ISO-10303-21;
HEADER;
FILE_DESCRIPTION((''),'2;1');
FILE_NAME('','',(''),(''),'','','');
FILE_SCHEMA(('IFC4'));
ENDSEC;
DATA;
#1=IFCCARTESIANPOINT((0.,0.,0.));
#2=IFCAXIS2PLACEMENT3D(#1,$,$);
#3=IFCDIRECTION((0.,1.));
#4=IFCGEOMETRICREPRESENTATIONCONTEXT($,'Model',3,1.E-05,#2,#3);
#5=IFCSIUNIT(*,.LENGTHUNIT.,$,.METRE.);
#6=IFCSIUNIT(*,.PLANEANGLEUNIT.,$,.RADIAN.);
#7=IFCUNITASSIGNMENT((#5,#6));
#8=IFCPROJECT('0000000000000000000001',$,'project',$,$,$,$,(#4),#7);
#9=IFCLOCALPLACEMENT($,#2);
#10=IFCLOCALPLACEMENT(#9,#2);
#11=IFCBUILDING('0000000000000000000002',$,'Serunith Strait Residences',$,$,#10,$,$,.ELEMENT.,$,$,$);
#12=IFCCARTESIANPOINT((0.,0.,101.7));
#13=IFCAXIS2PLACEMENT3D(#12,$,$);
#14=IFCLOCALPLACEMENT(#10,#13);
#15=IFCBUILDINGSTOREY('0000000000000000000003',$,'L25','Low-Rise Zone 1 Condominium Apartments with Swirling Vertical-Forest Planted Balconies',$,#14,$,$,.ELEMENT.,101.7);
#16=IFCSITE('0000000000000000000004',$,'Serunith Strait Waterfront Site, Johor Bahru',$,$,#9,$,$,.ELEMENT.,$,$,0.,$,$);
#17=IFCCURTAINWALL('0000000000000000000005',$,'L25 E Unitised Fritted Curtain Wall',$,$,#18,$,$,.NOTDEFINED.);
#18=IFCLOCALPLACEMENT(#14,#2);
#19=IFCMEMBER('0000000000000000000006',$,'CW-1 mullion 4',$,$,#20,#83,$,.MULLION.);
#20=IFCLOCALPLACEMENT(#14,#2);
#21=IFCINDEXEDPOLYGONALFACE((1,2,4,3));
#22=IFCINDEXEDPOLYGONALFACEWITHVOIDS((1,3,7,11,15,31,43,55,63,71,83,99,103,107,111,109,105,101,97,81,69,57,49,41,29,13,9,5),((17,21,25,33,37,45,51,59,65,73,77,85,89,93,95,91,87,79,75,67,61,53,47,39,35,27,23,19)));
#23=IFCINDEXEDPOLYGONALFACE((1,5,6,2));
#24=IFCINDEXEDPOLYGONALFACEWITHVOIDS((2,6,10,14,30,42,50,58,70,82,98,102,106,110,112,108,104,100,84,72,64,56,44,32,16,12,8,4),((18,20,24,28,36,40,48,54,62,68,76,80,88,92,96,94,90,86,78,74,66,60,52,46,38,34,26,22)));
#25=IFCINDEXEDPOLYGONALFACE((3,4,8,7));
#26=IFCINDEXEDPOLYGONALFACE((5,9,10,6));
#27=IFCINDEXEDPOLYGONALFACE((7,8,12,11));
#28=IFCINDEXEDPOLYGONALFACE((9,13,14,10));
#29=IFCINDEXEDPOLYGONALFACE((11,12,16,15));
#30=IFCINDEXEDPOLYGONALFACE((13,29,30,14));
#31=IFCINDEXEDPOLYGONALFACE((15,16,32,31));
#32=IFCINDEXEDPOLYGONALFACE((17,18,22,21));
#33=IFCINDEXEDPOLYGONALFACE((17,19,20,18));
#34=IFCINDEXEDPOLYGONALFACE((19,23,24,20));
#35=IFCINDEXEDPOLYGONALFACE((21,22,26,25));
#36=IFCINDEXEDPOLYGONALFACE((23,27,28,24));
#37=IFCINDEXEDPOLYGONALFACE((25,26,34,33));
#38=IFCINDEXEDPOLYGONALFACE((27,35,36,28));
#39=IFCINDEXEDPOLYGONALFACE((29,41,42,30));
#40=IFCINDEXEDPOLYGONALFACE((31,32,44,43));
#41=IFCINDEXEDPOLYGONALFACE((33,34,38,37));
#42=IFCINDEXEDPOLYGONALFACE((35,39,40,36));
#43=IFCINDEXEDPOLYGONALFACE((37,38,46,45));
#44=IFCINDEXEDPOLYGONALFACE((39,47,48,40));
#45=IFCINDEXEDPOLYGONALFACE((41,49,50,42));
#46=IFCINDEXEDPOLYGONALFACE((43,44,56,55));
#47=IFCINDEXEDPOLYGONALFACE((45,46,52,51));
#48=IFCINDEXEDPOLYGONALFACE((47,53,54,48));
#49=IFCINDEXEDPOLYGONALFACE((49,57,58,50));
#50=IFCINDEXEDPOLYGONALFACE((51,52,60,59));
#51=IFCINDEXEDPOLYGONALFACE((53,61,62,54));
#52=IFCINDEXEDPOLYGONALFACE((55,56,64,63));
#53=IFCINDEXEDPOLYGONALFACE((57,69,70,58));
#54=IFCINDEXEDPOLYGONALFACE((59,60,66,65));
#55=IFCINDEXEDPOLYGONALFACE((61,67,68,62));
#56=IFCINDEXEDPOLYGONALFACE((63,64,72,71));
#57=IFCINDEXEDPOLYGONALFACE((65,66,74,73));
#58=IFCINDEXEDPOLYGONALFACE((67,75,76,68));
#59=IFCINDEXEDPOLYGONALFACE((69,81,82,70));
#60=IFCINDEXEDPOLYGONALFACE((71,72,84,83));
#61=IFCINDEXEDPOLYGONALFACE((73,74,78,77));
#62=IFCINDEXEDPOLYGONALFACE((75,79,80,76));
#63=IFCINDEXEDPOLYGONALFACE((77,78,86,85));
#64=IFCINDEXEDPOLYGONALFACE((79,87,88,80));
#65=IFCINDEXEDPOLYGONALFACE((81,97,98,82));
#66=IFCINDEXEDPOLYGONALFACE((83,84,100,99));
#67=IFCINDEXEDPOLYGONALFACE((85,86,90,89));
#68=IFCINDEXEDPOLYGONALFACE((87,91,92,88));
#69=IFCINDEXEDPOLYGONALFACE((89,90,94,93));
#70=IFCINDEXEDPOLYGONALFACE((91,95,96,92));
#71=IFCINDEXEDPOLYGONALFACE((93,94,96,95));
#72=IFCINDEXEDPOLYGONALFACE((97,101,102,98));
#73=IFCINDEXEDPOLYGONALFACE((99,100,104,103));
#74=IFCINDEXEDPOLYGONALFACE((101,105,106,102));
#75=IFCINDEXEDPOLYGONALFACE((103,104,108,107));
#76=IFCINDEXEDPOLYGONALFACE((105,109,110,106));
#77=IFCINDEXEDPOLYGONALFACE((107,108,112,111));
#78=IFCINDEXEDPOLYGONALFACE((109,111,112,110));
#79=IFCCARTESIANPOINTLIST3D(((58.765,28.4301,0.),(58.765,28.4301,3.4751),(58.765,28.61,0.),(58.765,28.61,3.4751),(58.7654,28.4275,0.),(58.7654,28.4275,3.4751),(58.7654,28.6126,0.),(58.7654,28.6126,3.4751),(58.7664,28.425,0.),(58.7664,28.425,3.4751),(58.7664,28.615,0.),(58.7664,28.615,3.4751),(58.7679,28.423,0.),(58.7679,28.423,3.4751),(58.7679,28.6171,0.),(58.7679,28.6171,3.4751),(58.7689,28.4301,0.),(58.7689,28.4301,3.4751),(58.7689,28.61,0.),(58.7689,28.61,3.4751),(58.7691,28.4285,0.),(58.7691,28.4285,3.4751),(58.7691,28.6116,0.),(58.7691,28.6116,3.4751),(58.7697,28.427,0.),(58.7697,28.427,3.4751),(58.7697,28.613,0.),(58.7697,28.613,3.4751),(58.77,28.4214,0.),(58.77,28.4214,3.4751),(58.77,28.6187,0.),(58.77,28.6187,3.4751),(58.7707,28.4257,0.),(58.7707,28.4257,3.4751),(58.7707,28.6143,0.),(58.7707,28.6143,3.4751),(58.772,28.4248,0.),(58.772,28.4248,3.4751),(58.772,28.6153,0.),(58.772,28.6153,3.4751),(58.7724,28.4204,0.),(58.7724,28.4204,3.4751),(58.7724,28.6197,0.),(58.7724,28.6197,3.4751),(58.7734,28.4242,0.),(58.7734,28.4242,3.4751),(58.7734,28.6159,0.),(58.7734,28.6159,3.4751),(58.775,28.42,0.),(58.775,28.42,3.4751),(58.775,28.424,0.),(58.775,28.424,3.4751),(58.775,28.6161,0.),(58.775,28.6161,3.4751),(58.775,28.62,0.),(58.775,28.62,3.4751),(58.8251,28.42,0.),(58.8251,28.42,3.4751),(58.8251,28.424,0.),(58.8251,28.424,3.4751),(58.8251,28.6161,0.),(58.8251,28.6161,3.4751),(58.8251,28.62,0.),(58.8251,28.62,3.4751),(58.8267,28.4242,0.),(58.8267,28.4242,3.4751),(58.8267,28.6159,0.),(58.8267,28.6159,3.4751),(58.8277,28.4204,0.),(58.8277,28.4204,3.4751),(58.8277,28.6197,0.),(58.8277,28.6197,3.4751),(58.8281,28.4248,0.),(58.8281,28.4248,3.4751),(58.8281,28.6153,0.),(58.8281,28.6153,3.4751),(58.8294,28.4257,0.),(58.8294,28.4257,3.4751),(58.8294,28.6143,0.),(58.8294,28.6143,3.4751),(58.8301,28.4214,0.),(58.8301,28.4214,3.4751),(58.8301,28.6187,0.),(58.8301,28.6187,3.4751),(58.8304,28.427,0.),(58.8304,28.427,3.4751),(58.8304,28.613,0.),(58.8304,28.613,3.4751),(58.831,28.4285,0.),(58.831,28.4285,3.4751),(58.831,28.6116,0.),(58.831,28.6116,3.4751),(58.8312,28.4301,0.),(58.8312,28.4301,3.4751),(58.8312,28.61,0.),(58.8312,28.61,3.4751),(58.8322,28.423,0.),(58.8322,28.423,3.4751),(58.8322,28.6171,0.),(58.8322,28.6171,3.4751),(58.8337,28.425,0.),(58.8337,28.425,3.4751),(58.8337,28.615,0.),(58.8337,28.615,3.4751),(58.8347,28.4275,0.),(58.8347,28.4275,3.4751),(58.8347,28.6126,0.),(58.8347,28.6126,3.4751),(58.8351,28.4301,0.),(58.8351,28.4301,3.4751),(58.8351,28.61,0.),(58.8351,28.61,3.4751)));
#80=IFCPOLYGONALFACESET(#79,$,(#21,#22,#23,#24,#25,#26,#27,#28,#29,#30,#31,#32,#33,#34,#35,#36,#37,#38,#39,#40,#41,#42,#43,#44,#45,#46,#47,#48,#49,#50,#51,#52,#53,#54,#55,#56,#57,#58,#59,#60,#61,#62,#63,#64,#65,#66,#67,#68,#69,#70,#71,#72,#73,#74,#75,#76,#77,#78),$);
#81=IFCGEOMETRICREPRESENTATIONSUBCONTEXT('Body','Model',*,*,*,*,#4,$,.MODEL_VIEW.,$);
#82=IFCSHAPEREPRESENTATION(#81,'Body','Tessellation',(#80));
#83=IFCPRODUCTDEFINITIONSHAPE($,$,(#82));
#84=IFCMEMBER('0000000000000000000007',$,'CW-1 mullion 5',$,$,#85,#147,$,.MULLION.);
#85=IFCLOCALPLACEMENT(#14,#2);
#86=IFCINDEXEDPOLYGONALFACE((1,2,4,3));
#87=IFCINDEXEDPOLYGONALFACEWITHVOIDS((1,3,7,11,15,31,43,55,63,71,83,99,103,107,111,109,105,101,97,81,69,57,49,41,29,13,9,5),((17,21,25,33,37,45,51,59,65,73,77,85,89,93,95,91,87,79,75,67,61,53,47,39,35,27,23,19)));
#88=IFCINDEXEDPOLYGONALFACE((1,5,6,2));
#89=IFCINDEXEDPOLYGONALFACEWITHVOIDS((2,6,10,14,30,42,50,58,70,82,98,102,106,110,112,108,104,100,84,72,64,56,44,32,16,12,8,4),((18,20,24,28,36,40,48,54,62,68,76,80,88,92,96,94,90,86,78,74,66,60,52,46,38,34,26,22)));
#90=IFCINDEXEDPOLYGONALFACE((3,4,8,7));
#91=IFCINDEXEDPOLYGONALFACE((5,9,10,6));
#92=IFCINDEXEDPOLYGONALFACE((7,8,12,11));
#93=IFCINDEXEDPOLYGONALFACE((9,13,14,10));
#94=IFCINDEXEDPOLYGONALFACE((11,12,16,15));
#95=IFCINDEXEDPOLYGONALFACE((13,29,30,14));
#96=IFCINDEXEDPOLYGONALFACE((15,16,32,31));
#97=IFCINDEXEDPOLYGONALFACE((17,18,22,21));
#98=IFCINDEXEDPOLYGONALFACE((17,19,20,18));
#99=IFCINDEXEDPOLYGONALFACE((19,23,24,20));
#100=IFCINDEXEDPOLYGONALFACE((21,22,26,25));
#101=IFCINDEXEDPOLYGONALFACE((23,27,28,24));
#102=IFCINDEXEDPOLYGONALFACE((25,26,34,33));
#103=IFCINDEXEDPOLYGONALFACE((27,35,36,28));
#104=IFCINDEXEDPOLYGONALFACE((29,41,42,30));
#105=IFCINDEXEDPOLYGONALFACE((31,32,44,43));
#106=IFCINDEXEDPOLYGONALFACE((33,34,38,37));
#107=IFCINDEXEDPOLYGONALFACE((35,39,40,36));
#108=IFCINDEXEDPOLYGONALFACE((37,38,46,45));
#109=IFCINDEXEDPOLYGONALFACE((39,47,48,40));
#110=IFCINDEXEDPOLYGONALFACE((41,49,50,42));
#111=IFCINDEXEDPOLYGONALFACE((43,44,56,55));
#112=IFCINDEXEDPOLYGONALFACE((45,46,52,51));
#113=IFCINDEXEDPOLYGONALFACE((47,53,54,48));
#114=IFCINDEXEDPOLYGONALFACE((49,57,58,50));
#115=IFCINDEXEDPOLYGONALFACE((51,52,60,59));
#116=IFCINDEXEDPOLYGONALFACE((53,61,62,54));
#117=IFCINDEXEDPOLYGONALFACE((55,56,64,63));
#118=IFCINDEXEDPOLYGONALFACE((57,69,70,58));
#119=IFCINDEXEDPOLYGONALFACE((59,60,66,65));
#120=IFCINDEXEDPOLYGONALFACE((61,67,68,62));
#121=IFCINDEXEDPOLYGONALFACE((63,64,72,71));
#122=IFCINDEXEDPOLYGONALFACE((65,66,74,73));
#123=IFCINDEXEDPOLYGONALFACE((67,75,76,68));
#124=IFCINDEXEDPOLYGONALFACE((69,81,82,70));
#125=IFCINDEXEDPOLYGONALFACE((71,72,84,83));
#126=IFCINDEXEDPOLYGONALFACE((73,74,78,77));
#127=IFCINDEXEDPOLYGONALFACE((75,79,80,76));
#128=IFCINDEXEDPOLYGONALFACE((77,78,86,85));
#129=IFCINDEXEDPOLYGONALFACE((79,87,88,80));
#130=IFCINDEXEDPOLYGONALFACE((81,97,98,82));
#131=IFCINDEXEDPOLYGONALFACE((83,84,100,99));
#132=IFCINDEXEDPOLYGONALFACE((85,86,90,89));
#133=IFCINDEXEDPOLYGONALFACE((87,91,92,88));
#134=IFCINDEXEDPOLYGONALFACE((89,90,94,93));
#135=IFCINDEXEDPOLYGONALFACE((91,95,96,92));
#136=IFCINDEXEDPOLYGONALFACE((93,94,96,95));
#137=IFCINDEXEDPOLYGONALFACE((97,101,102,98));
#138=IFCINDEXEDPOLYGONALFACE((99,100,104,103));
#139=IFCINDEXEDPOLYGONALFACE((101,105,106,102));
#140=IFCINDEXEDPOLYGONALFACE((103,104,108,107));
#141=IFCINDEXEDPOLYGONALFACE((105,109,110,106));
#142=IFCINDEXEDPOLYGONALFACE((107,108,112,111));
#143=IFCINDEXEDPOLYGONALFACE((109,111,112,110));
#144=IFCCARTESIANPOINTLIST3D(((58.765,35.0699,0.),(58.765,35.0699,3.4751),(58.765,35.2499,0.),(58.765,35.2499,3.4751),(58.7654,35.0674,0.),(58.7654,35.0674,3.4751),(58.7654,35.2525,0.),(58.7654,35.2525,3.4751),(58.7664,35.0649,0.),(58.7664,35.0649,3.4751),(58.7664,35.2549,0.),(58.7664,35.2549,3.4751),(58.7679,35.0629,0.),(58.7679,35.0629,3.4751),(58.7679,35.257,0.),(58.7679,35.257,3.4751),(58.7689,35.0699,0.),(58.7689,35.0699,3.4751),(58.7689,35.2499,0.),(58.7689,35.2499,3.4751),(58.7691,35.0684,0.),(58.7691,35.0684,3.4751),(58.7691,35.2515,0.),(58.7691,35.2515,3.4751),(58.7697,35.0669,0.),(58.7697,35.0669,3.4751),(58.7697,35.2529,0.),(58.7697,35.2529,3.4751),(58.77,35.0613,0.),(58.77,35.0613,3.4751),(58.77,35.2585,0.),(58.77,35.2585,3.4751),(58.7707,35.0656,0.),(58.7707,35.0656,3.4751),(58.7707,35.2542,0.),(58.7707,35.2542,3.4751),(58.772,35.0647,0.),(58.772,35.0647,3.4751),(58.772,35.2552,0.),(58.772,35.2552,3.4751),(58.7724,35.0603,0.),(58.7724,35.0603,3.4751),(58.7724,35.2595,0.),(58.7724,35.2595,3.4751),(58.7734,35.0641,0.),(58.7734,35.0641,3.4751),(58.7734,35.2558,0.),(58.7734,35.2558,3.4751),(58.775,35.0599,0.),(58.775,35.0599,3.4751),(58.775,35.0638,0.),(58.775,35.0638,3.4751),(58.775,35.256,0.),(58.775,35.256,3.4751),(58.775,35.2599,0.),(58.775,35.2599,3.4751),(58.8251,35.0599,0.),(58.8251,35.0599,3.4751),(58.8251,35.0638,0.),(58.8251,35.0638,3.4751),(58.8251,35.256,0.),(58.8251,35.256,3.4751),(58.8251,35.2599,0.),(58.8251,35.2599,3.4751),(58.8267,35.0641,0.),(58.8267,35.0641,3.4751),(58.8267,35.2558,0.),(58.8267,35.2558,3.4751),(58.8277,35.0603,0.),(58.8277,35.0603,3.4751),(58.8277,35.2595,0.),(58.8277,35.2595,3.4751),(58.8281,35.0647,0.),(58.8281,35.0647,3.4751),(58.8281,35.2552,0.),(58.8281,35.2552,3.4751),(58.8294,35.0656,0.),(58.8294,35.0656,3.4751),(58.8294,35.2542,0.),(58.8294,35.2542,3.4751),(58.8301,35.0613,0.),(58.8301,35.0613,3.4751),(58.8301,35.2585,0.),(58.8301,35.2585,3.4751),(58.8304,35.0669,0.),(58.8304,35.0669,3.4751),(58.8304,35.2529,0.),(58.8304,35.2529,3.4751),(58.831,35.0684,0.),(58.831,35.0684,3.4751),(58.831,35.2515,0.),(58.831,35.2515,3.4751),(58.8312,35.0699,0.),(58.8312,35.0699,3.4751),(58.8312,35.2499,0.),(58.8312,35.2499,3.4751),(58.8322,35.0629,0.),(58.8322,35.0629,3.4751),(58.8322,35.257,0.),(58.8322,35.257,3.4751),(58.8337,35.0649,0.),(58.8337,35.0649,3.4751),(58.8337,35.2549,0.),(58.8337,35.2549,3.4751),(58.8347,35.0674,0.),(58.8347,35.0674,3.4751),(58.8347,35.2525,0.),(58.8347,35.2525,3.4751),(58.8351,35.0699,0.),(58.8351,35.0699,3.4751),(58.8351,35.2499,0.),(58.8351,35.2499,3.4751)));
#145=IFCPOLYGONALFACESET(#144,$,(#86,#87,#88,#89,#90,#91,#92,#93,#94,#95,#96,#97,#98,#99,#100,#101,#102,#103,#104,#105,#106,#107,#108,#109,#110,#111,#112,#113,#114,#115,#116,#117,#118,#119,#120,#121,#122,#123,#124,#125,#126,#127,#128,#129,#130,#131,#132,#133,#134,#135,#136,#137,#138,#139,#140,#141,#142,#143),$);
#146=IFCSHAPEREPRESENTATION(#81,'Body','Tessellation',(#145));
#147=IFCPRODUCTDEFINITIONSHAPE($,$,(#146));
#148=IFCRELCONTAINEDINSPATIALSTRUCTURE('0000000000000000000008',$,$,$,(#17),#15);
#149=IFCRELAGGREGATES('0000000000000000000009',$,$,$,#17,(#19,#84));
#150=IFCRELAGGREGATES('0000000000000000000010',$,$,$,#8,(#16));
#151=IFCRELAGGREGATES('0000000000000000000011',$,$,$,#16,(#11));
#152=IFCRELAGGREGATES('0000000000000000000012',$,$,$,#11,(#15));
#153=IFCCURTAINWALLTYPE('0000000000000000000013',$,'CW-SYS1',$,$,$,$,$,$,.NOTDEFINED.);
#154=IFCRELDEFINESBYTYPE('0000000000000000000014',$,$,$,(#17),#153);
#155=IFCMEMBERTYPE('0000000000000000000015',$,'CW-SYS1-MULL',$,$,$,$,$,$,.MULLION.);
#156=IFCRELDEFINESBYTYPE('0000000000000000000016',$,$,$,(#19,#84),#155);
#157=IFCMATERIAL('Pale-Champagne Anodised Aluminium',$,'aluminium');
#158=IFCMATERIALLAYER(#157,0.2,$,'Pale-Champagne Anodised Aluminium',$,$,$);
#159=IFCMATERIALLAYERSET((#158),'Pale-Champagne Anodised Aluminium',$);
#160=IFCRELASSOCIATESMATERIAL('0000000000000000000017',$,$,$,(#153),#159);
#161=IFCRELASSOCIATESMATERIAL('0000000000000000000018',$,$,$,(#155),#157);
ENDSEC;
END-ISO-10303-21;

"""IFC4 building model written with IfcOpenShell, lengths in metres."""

from ifc_helpers import new_model, si_unit, direction, frame, origin, origin_2d, place, context, subcontext, project, spatial, hollow_rectangle, extrude, source, transform, mapped, material, layer, layer_set, material_profile, profile_set, type_object, element, aggregate, save


model = new_model("IFC4")

# Units and contexts
model_context = context("Model", 3, precision=1e-05, world=origin(), true_north=direction((0.0, 1.0)))
body_context = subcontext(model_context, "Body", "Model", "MODEL_VIEW")
ifc_project = project(units=[si_unit("LENGTHUNIT", "METRE"), si_unit("PLANEANGLEUNIT", "RADIAN")], contexts=[model_context])

# Site, building, storey
site_placement = place(None, origin())
site = spatial("IfcSite", under=ifc_project, at=site_placement, Name="Serunith Strait Waterfront Site, Johor Bahru", CompositionType="ELEMENT", RefElevation=0.0)
building_placement = place(site_placement, origin())
building = spatial("IfcBuilding", under=site, at=building_placement, Name="Serunith Strait Residences", CompositionType="ELEMENT")
storey_placement = place(building_placement, frame((0.0, 0.0, 101.7)))
storey = spatial("IfcBuildingStorey", under=building, at=storey_placement, Name="L25", Description="Low-Rise Zone 1 Condominium Apartments with Swirling Vertical-Forest Planted Balconies", CompositionType="ELEMENT", Elevation=101.7)

# Curtain wall, members
ifc_material_1 = material(Name="Pale-Champagne Anodised Aluminium", Category="aluminium")
ifc_layer_1 = layer(ifc_material_1, 0.2, Name="Pale-Champagne Anodised Aluminium")
ifc_layer_set_1 = layer_set([ifc_layer_1], Name="Pale-Champagne Anodised Aluminium")
curtain_wall_type = type_object("IfcCurtainWallType", Name="CW-SYS1", PredefinedType="NOTDEFINED", material=ifc_layer_set_1)
curtain_wall_placement = place(storey_placement, origin())
curtain_wall = element("IfcCurtainWall", 1, at=curtain_wall_placement, inside=storey, type_object=curtain_wall_type, Name="L25 E Unitised Fritted Curtain Wall", PredefinedType="NOTDEFINED")
ifc_material_profile_1 = material_profile(ifc_material_1, hollow_rectangle(XDim=0.0701, YDim=0.2, WallThickness=0.0039, InnerFilletRadius=0.0061, OuterFilletRadius=0.01, at=origin_2d()), Name="ALU 200x70x4")
ifc_profile_set_1 = profile_set([ifc_material_profile_1], Name="Pale-Champagne Anodised Aluminium")
member_type_1 = type_object("IfcMemberType", Name="CW-SYS1-MULL", PredefinedType="MULLION", material=ifc_profile_set_1)
shared_shape_1 = source(origin(), body_context, "Body", "SweptSolid", [
    extrude(hollow_rectangle(XDim=0.0701, YDim=0.2, WallThickness=0.0039, InnerFilletRadius=0.0061, OuterFilletRadius=0.01, at=origin_2d()), origin(), (0.0, 0.0, 1.0), 3.4751),
])
member_1_placement = place(storey_placement, frame((58.8, 28.52, 0.0), z_axis=(0.0, 0.0, 1.0), x_axis=(-1.0, 0.0, 0.0)))
member_1 = element("IfcMember", 2, at=member_1_placement, type_object=member_type_1, Name="CW-1 mullion 4", PredefinedType="MULLION", context=body_context, shape_type="MappedRepresentation", body=[
    mapped(shared_shape_1, transform((0.0, 0.0, 0.0), scale=1.0)),
])
member_2_placement = place(storey_placement, frame((58.8, 35.1599, 0.0), z_axis=(0.0, 0.0, 1.0), x_axis=(-1.0, 0.0, 0.0)))
member_2 = element("IfcMember", 3, at=member_2_placement, type_object=member_type_1, Name="CW-1 mullion 5", PredefinedType="MULLION", context=body_context, shape_type="MappedRepresentation", body=[
    mapped(shared_shape_1, transform((0.0, 0.0, 0.0), scale=1.0)),
])
aggregate(curtain_wall, [member_1, member_2])

save(model, "model.ifc")
